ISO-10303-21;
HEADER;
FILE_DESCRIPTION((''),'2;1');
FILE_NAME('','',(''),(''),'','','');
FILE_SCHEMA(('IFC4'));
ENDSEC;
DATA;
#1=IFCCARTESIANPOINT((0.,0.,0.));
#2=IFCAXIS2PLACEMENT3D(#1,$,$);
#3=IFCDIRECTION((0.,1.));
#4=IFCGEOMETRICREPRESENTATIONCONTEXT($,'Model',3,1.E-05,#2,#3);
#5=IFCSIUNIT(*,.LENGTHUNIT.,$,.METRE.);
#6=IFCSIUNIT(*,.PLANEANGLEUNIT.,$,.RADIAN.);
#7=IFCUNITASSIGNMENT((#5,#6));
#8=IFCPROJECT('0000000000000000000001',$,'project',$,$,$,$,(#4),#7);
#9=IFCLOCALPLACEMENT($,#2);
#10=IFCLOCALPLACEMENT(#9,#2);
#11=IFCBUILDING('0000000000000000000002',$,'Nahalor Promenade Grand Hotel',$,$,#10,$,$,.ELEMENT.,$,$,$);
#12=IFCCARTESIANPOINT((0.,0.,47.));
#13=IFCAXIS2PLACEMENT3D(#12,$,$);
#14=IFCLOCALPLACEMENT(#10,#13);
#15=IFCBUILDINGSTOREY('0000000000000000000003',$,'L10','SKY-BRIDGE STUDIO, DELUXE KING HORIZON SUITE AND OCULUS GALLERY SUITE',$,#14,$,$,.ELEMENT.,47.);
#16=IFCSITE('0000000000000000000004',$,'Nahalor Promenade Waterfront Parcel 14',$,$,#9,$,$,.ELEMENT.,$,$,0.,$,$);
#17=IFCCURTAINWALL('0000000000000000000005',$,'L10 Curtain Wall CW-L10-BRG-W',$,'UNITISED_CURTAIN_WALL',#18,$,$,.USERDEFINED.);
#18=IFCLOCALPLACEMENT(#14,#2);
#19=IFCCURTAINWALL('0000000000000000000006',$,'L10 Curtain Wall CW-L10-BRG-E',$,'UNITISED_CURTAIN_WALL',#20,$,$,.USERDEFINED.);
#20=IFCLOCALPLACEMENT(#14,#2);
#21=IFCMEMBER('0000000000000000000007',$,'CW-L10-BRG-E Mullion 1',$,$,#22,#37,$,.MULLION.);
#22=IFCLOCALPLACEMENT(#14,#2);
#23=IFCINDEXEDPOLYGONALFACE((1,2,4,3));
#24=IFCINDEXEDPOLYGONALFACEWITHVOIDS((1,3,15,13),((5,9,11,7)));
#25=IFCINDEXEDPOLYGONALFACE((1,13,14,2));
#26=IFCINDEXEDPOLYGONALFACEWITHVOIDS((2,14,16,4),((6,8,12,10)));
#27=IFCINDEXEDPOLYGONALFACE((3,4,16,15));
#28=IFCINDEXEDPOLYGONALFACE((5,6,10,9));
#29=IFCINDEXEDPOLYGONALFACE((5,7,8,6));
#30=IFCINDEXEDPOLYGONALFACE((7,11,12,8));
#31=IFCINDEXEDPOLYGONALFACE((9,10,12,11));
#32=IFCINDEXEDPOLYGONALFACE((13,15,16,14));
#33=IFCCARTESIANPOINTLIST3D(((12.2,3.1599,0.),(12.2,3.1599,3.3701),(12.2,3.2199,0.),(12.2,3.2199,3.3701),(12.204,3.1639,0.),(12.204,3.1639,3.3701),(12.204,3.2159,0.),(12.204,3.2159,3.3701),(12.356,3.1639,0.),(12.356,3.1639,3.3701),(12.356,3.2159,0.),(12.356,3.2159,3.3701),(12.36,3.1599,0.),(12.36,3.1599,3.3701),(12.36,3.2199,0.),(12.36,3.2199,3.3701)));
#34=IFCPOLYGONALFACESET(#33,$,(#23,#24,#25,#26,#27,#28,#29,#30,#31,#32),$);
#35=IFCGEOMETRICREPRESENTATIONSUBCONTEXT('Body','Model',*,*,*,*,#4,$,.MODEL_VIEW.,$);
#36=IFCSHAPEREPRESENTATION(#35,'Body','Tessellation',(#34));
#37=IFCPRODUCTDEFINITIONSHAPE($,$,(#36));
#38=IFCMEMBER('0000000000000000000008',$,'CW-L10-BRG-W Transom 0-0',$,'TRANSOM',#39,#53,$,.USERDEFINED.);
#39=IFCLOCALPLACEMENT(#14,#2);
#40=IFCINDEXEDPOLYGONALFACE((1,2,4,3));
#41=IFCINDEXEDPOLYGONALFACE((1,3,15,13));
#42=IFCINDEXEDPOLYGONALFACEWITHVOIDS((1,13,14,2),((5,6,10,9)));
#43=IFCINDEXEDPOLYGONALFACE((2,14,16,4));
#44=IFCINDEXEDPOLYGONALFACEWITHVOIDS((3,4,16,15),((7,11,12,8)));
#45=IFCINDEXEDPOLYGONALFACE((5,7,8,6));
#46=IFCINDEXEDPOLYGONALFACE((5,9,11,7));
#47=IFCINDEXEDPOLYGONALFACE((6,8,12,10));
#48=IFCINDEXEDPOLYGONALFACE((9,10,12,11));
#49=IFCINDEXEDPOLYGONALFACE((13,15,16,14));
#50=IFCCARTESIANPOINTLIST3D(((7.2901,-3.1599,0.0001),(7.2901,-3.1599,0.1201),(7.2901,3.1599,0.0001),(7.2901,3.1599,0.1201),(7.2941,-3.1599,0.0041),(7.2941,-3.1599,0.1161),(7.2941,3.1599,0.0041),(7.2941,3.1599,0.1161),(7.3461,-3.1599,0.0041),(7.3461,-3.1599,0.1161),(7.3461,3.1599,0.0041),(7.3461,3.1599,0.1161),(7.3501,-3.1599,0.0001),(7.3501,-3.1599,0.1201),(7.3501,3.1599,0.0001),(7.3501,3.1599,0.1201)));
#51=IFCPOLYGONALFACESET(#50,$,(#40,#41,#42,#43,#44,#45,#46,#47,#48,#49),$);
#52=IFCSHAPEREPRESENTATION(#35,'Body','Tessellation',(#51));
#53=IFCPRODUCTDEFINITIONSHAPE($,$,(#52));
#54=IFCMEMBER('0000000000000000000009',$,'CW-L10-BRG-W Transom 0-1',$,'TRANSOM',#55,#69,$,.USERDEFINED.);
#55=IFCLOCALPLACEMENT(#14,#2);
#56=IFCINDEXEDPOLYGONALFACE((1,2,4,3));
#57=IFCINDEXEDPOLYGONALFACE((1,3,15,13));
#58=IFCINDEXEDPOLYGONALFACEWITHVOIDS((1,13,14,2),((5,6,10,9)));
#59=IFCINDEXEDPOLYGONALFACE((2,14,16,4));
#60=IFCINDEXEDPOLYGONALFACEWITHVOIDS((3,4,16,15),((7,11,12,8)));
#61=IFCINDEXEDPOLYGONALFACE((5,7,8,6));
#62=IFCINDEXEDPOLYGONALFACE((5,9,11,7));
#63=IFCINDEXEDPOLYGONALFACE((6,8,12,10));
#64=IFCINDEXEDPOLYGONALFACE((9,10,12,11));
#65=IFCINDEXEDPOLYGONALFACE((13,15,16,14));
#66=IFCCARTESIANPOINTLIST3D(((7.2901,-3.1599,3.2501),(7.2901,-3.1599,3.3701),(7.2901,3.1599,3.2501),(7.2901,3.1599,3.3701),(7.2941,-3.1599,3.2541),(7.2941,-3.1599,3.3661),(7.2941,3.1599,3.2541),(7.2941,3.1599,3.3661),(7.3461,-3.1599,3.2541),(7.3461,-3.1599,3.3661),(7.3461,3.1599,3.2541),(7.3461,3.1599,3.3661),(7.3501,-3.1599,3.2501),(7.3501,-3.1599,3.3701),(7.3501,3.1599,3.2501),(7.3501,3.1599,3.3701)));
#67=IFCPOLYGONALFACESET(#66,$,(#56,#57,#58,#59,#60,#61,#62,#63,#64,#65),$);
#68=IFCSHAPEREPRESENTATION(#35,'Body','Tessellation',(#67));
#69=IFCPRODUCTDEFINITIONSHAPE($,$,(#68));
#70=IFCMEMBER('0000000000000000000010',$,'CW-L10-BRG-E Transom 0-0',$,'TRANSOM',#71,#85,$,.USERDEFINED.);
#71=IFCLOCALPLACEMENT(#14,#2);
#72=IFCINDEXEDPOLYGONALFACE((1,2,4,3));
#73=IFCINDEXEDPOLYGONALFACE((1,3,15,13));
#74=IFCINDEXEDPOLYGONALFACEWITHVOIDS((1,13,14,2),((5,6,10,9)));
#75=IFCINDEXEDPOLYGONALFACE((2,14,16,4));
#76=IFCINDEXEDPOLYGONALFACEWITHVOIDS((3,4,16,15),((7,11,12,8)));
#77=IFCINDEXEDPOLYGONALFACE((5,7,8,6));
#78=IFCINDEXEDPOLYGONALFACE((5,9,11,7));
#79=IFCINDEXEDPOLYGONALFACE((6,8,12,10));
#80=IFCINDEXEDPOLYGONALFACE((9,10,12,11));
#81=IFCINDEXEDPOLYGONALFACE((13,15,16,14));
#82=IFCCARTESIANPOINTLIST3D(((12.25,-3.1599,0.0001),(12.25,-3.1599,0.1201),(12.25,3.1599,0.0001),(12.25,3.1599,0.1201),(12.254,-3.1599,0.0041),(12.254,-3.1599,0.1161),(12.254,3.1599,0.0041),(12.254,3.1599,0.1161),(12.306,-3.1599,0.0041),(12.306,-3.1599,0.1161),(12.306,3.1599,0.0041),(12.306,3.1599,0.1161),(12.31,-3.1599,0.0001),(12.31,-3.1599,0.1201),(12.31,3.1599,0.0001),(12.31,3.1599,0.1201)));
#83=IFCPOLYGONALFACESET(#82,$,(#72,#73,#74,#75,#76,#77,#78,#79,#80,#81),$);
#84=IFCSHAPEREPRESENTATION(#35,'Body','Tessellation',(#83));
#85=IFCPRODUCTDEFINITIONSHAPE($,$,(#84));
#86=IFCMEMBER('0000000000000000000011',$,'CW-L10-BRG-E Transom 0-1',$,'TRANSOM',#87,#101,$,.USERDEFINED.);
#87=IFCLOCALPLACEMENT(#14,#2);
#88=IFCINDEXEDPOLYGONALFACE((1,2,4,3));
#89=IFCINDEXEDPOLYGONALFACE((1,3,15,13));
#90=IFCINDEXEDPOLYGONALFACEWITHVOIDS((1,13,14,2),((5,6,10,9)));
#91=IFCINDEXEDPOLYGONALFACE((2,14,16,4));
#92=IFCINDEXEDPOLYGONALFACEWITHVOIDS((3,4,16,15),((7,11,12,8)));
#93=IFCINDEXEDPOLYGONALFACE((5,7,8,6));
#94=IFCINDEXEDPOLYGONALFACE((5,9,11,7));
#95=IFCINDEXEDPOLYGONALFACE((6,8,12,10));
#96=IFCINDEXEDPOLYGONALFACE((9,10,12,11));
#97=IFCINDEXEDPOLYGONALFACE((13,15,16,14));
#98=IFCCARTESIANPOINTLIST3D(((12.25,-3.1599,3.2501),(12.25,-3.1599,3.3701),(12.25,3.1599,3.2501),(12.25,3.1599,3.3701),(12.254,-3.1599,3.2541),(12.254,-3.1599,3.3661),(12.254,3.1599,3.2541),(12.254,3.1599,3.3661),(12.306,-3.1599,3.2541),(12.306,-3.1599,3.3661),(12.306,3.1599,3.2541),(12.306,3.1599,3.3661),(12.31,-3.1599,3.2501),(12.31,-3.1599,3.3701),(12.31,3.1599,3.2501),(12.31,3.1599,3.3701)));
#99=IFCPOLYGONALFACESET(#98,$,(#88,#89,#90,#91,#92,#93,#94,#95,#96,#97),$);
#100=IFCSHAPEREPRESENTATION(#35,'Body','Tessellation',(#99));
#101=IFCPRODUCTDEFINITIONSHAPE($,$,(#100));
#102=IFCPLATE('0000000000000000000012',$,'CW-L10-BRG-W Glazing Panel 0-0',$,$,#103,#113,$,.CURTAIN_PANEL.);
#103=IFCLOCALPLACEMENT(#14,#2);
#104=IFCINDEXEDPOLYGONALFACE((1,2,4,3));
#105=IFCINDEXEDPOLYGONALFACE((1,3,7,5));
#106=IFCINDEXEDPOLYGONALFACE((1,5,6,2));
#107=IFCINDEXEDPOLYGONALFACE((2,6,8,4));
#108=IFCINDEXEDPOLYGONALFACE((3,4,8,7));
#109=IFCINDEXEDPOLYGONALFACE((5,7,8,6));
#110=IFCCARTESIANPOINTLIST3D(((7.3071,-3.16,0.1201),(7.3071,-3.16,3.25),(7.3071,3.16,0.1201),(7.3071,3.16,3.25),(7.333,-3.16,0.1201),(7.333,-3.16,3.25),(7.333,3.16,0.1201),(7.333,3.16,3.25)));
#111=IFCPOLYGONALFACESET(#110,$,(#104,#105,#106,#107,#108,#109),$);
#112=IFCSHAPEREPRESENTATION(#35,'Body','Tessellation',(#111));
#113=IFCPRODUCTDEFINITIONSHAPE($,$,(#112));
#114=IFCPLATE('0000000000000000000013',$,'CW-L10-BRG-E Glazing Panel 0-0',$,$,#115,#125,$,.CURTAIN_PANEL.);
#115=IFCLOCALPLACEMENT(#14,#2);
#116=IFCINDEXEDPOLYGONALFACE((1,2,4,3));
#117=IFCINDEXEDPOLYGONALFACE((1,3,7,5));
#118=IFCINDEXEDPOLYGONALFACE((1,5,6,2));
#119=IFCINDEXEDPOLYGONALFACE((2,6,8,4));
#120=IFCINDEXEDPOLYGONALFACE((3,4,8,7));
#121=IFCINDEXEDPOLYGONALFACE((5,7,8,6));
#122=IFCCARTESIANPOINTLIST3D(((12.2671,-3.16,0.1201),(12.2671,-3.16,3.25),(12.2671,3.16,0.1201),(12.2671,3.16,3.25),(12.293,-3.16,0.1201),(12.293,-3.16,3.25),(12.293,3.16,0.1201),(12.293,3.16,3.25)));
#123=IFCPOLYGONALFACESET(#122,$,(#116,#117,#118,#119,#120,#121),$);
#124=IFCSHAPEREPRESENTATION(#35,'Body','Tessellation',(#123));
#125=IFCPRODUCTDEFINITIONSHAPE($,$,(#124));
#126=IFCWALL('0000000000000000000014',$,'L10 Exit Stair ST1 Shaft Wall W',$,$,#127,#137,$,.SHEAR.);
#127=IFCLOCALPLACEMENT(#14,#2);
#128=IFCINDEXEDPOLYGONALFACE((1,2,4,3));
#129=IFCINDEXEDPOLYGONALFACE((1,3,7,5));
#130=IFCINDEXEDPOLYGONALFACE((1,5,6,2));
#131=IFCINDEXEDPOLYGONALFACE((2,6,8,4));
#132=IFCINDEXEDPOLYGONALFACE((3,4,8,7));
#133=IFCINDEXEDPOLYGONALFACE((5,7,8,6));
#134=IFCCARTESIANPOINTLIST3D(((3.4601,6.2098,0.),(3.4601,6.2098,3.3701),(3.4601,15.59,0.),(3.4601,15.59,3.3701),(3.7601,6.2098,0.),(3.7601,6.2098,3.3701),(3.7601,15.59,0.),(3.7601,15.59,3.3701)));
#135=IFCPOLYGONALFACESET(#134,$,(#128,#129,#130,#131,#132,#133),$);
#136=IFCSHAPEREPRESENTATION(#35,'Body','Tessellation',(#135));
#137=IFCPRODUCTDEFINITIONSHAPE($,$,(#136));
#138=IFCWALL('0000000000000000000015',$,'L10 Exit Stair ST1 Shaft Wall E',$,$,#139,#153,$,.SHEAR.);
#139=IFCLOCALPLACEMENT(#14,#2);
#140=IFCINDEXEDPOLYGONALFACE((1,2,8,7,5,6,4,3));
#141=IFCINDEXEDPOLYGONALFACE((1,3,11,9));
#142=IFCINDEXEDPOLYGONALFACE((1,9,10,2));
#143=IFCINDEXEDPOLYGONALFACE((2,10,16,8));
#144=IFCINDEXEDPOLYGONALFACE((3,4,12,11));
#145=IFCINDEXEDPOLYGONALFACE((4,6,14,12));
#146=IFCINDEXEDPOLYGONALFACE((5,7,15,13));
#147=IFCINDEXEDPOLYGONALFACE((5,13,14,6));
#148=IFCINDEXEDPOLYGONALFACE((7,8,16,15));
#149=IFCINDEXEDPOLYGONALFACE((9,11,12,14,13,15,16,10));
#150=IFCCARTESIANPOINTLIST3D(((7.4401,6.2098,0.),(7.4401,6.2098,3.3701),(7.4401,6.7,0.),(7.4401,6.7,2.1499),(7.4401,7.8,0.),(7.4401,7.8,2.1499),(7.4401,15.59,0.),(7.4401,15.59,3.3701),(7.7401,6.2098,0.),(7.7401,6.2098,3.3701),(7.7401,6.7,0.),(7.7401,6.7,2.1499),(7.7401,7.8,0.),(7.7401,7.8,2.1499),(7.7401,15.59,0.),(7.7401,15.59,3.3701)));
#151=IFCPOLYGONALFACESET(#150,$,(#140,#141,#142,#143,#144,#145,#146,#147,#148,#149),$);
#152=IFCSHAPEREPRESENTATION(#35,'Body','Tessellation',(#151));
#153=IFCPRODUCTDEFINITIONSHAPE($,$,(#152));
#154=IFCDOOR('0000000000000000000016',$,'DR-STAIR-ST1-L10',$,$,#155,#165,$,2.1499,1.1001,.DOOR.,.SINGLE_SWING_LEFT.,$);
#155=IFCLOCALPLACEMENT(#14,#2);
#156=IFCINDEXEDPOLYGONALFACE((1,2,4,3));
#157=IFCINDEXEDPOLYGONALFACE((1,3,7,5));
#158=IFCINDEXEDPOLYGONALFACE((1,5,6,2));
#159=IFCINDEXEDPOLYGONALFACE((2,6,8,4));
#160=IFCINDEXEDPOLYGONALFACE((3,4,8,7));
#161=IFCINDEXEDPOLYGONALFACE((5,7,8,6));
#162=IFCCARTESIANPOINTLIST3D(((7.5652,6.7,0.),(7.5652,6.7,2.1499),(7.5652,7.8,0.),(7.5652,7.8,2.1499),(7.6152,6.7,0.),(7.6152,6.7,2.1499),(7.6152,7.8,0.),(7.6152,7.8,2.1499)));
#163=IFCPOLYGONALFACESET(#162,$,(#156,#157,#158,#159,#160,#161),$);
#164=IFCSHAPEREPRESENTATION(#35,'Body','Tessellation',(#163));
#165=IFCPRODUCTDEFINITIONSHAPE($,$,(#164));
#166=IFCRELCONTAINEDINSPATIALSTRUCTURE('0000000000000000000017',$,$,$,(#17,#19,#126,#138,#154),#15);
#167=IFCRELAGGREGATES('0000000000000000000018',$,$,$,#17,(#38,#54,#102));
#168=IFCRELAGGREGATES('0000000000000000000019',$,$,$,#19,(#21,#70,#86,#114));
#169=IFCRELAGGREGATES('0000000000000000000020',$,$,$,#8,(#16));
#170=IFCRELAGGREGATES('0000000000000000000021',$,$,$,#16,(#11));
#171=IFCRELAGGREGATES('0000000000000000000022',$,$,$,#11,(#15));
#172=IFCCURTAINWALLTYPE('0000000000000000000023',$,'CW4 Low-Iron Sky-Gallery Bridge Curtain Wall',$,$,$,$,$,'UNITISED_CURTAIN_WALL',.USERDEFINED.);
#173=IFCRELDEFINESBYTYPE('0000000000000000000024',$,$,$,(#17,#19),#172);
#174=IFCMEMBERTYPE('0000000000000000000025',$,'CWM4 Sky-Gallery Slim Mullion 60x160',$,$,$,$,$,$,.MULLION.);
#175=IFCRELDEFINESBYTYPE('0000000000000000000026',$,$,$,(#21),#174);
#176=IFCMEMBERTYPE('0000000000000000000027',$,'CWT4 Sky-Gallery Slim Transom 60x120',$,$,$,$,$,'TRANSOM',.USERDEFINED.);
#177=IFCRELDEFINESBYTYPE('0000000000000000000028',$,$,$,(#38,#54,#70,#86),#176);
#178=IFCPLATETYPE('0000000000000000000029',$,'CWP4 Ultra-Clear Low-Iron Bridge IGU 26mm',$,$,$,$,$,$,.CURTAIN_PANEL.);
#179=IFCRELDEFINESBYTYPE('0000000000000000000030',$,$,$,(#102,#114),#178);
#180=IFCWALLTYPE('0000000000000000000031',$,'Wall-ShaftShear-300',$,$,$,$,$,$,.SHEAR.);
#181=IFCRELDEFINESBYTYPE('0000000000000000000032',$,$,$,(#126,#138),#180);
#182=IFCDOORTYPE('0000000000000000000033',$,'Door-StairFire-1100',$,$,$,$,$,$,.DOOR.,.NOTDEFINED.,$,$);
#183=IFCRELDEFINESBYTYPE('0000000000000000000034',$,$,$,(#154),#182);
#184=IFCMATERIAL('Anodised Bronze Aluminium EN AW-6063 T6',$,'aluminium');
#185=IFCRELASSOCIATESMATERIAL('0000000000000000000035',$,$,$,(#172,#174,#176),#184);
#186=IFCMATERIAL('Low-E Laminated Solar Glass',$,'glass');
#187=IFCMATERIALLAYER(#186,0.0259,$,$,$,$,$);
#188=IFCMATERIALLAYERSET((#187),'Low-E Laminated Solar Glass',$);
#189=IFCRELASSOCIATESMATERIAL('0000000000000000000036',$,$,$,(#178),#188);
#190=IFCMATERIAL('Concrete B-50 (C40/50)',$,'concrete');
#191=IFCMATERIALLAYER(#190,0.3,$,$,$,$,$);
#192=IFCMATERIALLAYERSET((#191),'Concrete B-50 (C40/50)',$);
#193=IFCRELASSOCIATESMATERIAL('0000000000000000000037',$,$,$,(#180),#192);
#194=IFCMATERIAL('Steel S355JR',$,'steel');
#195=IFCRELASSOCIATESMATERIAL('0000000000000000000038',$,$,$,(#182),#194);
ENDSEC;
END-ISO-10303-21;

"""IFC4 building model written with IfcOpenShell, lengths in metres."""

from ifc_helpers import new_model, si_unit, direction, frame, frame_2d, origin, origin_2d, place, context, subcontext, project, spatial, rectangle, hollow_rectangle, extrude, source, transform, mapped, material, layer, layer_set, material_profile, profile_set, type_object, element, fill, aggregate, save


model = new_model("IFC4")

# Units and contexts
model_context = context("Model", 3, precision=1e-05, world=origin(), true_north=direction((0.0, 1.0)))
body_context = subcontext(model_context, "Body", "Model", "MODEL_VIEW")
ifc_project = project(units=[si_unit("LENGTHUNIT", "METRE"), si_unit("PLANEANGLEUNIT", "RADIAN")], contexts=[model_context])

# Site, building, storey
site_placement = place(None, origin())
site = spatial("IfcSite", under=ifc_project, at=site_placement, Name="Nahalor Promenade Waterfront Parcel 14", CompositionType="ELEMENT", RefElevation=0.0)
building_placement = place(site_placement, origin())
building = spatial("IfcBuilding", under=site, at=building_placement, Name="Nahalor Promenade Grand Hotel", CompositionType="ELEMENT")
storey_placement = place(building_placement, frame((0.0, 0.0, 47.0)))
storey = spatial("IfcBuildingStorey", under=building, at=storey_placement, Name="L10", Description="SKY-BRIDGE STUDIO, DELUXE KING HORIZON SUITE AND OCULUS GALLERY SUITE", CompositionType="ELEMENT", Elevation=47.0)

# Shared definitions
ifc_material_1 = material(Name="Steel S355JR", Category="steel")

# Shared definitions
ifc_material_2 = material(Name="Anodised Bronze Aluminium EN AW-6063 T6", Category="aluminium")

# Curtain wall
curtain_wall_type_1 = type_object("IfcCurtainWallType", Name="CW4 Low-Iron Sky-Gallery Bridge Curtain Wall", ElementType="UNITISED_CURTAIN_WALL", PredefinedType="USERDEFINED", material=ifc_material_2)
curtain_wall_1_placement = place(storey_placement, origin())
curtain_wall_1 = element("IfcCurtainWall", 1, at=curtain_wall_1_placement, inside=storey, type_object=curtain_wall_type_1, Name="L10 Curtain Wall CW-L10-BRG-W", ObjectType="UNITISED_CURTAIN_WALL", PredefinedType="USERDEFINED")
ifc_material_profile_1 = material_profile(ifc_material_2, hollow_rectangle(XDim=0.06, YDim=0.16, WallThickness=0.004, at=origin_2d()), Name="CWM 60x160x4")
ifc_profile_set_1 = profile_set([ifc_material_profile_1], Name="Anodised Bronze Aluminium EN AW-6063 T6")
member_type_1 = type_object("IfcMemberType", Name="CWM4 Sky-Gallery Slim Mullion 60x160", PredefinedType="MULLION", material=ifc_profile_set_1)
shared_shape_1 = source(origin(), body_context, "Body", "SweptSolid", [
    extrude(hollow_rectangle(XDim=0.06, YDim=0.16, WallThickness=0.004, at=origin_2d()), origin(), (0.0, 0.0, 1.0), 3.3701),
])

# Curtain wall, member
curtain_wall_2_placement = place(storey_placement, origin())
curtain_wall_2 = element("IfcCurtainWall", 2, at=curtain_wall_2_placement, inside=storey, type_object=curtain_wall_type_1, Name="L10 Curtain Wall CW-L10-BRG-E", ObjectType="UNITISED_CURTAIN_WALL", PredefinedType="USERDEFINED")
member_1_placement = place(storey_placement, frame((12.28, 3.1899, 0.0), z_axis=(0.0, 0.0, 1.0), x_axis=(0.0, 1.0, 0.0)))
member_1 = element("IfcMember", 3, at=member_1_placement, type_object=member_type_1, Name="CW-L10-BRG-E Mullion 1", PredefinedType="MULLION", context=body_context, shape_type="MappedRepresentation", body=[
    mapped(shared_shape_1, transform((0.0, 0.0, 0.0), scale=1.0)),
])

# Members
ifc_material_profile_2 = material_profile(ifc_material_2, hollow_rectangle(XDim=0.06, YDim=0.12, WallThickness=0.004, at=origin_2d()), Name="CWT 60x120x4")
ifc_profile_set_2 = profile_set([ifc_material_profile_2], Name="Anodised Bronze Aluminium EN AW-6063 T6")
member_type_2 = type_object("IfcMemberType", Name="CWT4 Sky-Gallery Slim Transom 60x120", ElementType="TRANSOM", PredefinedType="USERDEFINED", material=ifc_profile_set_2)
shared_shape_2 = source(origin(), body_context, "Body", "SweptSolid", [
    extrude(hollow_rectangle(XDim=0.06, YDim=0.12, WallThickness=0.004, at=origin_2d()), origin(), (0.0, 0.0, 1.0), 6.3198),
])
member_2_placement = place(storey_placement, frame((7.3201, -3.1599, 0.0601), z_axis=(0.0, 1.0, 0.0), x_axis=(-1.0, 0.0, 0.0)))
member_2 = element("IfcMember", 4, at=member_2_placement, type_object=member_type_2, Name="CW-L10-BRG-W Transom 0-0", ObjectType="TRANSOM", PredefinedType="USERDEFINED", context=body_context, shape_type="MappedRepresentation", body=[
    mapped(shared_shape_2, transform((0.0, 0.0, 0.0), scale=1.0)),
])
member_3_placement = place(storey_placement, frame((7.3201, -3.1599, 3.3101), z_axis=(0.0, 1.0, 0.0), x_axis=(-1.0, 0.0, 0.0)))
member_3 = element("IfcMember", 5, at=member_3_placement, type_object=member_type_2, Name="CW-L10-BRG-W Transom 0-1", ObjectType="TRANSOM", PredefinedType="USERDEFINED", context=body_context, shape_type="MappedRepresentation", body=[
    mapped(shared_shape_2, transform((0.0, 0.0, 0.0), scale=1.0)),
])
member_4_placement = place(storey_placement, frame((12.28, -3.1599, 0.0601), z_axis=(0.0, 1.0, 0.0), x_axis=(-1.0, 0.0, 0.0)))
member_4 = element("IfcMember", 6, at=member_4_placement, type_object=member_type_2, Name="CW-L10-BRG-E Transom 0-0", ObjectType="TRANSOM", PredefinedType="USERDEFINED", context=body_context, shape_type="MappedRepresentation", body=[
    mapped(shared_shape_2, transform((0.0, 0.0, 0.0), scale=1.0)),
])
member_5_placement = place(storey_placement, frame((12.28, -3.1599, 3.3101), z_axis=(0.0, 1.0, 0.0), x_axis=(-1.0, 0.0, 0.0)))
member_5 = element("IfcMember", 7, at=member_5_placement, type_object=member_type_2, Name="CW-L10-BRG-E Transom 0-1", ObjectType="TRANSOM", PredefinedType="USERDEFINED", context=body_context, shape_type="MappedRepresentation", body=[
    mapped(shared_shape_2, transform((0.0, 0.0, 0.0), scale=1.0)),
])

# Plates
ifc_material_3 = material(Name="Low-E Laminated Solar Glass", Category="glass")
ifc_layer_1 = layer(ifc_material_3, 0.0259)
ifc_layer_set_1 = layer_set([ifc_layer_1], Name="Low-E Laminated Solar Glass")
plate_type = type_object("IfcPlateType", Name="CWP4 Ultra-Clear Low-Iron Bridge IGU 26mm", PredefinedType="CURTAIN_PANEL", material=ifc_layer_set_1)
shared_shape_3 = source(origin(), body_context, "Body", "SweptSolid", [
    extrude(rectangle(XDim=6.3201, YDim=0.0259, at=origin_2d()), origin(), (0.0, 0.0, 1.0), 3.1299),
])
plate_1_placement = place(storey_placement, frame((7.3201, 0.0, 0.1201), z_axis=(0.0, 0.0, 1.0), x_axis=(0.0, 1.0, 0.0)))
plate_1 = element("IfcPlate", 8, at=plate_1_placement, type_object=plate_type, Name="CW-L10-BRG-W Glazing Panel 0-0", PredefinedType="CURTAIN_PANEL", context=body_context, shape_type="MappedRepresentation", body=[
    mapped(shared_shape_3, transform((0.0, 0.0, 0.0), scale=1.0)),
])
aggregate(curtain_wall_1, [member_2, member_3, plate_1])
plate_2_placement = place(storey_placement, frame((12.28, 0.0, 0.1201), z_axis=(0.0, 0.0, 1.0), x_axis=(0.0, 1.0, 0.0)))
plate_2 = element("IfcPlate", 9, at=plate_2_placement, type_object=plate_type, Name="CW-L10-BRG-E Glazing Panel 0-0", PredefinedType="CURTAIN_PANEL", context=body_context, shape_type="MappedRepresentation", body=[
    mapped(shared_shape_3, transform((0.0, 0.0, 0.0), scale=1.0)),
])
aggregate(curtain_wall_2, [member_1, member_4, member_5, plate_2])

# Wall
ifc_material_4 = material(Name="Concrete B-50 (C40/50)", Category="concrete")
ifc_layer_2 = layer(ifc_material_4, 0.3)
ifc_layer_set_2 = layer_set([ifc_layer_2], Name="Concrete B-50 (C40/50)")
wall_type_1 = type_object("IfcWallType", Name="Wall-ShaftShear-300", PredefinedType="SHEAR", material=ifc_layer_set_2)
shared_shape_4 = source(origin(), body_context, "Body", "SweptSolid", [
    extrude(rectangle(XDim=9.3801, YDim=0.3, at=frame_2d((4.6899, 0.0))), origin(), (0.0, 0.0, 1.0), 3.3701),
])
wall_1_placement = place(storey_placement, frame((3.6101, 6.21, 0.0), z_axis=(0.0, 0.0, 1.0), x_axis=(0.0, 1.0, 0.0)))
element("IfcWall", 10, at=wall_1_placement, inside=storey, type_object=wall_type_1, Name="L10 Exit Stair ST1 Shaft Wall W", PredefinedType="SHEAR", context=body_context, shape_type="MappedRepresentation", body=[
    mapped(shared_shape_4, transform((0.0, 0.0, 0.0), scale=1.0)),
])

# Wall, opening, door
wall_2_placement = place(storey_placement, frame((7.5901, 6.21, 0.0), z_axis=(0.0, 0.0, 1.0), x_axis=(0.0, 1.0, 0.0)))
wall_2 = element("IfcWall", 11, at=wall_2_placement, inside=storey, type_object=wall_type_1, Name="L10 Exit Stair ST1 Shaft Wall E", PredefinedType="SHEAR", context=body_context, shape_type="MappedRepresentation", body=[
    mapped(shared_shape_4, transform((0.0, 0.0, 0.0), scale=1.0)),
])
opening_1_placement = place(wall_2_placement, frame((0.49, 0.0, 0.0)))
opening_1 = element("IfcOpeningElement", 12, at=opening_1_placement, cuts=wall_2, PredefinedType="OPENING", context=body_context, shape_type="SweptSolid", body=[
    extrude(rectangle(XDim=1.1001, YDim=2.1499, at=frame_2d((0.55, 1.075))), frame((0.0, 0.1599, 0.0), z_axis=(0.0, -1.0, 0.0), x_axis=(1.0, 0.0, 0.0)), (0.0, 0.0, 1.0), 0.3201),
])
door_type_1 = type_object("IfcDoorType", Name="Door-StairFire-1100", OperationType="NOTDEFINED", PredefinedType="DOOR", material=ifc_material_1)
shared_shape_5 = source(origin(), body_context, "Body", "SweptSolid", [
    extrude(rectangle(XDim=1.1001, YDim=2.1499, at=frame_2d((0.55, 1.075))), frame((0.0, 0.0249, 0.0), z_axis=(0.0, -1.0, 0.0), x_axis=(1.0, 0.0, 0.0)), (0.0, 0.0, 1.0), 0.05),
])
door_1_placement = place(opening_1_placement, origin())
door_1 = element("IfcDoor", 13, at=door_1_placement, inside=storey, type_object=door_type_1, Name="DR-STAIR-ST1-L10", OperationType="SINGLE_SWING_LEFT", OverallHeight=2.1499, OverallWidth=1.1001, PredefinedType="DOOR", context=body_context, shape_type="MappedRepresentation", body=[
    mapped(shared_shape_5, transform((0.0, 0.0, 0.0), scale=1.0)),
])
fill(opening_1, door_1)

save(model, "model.ifc")
